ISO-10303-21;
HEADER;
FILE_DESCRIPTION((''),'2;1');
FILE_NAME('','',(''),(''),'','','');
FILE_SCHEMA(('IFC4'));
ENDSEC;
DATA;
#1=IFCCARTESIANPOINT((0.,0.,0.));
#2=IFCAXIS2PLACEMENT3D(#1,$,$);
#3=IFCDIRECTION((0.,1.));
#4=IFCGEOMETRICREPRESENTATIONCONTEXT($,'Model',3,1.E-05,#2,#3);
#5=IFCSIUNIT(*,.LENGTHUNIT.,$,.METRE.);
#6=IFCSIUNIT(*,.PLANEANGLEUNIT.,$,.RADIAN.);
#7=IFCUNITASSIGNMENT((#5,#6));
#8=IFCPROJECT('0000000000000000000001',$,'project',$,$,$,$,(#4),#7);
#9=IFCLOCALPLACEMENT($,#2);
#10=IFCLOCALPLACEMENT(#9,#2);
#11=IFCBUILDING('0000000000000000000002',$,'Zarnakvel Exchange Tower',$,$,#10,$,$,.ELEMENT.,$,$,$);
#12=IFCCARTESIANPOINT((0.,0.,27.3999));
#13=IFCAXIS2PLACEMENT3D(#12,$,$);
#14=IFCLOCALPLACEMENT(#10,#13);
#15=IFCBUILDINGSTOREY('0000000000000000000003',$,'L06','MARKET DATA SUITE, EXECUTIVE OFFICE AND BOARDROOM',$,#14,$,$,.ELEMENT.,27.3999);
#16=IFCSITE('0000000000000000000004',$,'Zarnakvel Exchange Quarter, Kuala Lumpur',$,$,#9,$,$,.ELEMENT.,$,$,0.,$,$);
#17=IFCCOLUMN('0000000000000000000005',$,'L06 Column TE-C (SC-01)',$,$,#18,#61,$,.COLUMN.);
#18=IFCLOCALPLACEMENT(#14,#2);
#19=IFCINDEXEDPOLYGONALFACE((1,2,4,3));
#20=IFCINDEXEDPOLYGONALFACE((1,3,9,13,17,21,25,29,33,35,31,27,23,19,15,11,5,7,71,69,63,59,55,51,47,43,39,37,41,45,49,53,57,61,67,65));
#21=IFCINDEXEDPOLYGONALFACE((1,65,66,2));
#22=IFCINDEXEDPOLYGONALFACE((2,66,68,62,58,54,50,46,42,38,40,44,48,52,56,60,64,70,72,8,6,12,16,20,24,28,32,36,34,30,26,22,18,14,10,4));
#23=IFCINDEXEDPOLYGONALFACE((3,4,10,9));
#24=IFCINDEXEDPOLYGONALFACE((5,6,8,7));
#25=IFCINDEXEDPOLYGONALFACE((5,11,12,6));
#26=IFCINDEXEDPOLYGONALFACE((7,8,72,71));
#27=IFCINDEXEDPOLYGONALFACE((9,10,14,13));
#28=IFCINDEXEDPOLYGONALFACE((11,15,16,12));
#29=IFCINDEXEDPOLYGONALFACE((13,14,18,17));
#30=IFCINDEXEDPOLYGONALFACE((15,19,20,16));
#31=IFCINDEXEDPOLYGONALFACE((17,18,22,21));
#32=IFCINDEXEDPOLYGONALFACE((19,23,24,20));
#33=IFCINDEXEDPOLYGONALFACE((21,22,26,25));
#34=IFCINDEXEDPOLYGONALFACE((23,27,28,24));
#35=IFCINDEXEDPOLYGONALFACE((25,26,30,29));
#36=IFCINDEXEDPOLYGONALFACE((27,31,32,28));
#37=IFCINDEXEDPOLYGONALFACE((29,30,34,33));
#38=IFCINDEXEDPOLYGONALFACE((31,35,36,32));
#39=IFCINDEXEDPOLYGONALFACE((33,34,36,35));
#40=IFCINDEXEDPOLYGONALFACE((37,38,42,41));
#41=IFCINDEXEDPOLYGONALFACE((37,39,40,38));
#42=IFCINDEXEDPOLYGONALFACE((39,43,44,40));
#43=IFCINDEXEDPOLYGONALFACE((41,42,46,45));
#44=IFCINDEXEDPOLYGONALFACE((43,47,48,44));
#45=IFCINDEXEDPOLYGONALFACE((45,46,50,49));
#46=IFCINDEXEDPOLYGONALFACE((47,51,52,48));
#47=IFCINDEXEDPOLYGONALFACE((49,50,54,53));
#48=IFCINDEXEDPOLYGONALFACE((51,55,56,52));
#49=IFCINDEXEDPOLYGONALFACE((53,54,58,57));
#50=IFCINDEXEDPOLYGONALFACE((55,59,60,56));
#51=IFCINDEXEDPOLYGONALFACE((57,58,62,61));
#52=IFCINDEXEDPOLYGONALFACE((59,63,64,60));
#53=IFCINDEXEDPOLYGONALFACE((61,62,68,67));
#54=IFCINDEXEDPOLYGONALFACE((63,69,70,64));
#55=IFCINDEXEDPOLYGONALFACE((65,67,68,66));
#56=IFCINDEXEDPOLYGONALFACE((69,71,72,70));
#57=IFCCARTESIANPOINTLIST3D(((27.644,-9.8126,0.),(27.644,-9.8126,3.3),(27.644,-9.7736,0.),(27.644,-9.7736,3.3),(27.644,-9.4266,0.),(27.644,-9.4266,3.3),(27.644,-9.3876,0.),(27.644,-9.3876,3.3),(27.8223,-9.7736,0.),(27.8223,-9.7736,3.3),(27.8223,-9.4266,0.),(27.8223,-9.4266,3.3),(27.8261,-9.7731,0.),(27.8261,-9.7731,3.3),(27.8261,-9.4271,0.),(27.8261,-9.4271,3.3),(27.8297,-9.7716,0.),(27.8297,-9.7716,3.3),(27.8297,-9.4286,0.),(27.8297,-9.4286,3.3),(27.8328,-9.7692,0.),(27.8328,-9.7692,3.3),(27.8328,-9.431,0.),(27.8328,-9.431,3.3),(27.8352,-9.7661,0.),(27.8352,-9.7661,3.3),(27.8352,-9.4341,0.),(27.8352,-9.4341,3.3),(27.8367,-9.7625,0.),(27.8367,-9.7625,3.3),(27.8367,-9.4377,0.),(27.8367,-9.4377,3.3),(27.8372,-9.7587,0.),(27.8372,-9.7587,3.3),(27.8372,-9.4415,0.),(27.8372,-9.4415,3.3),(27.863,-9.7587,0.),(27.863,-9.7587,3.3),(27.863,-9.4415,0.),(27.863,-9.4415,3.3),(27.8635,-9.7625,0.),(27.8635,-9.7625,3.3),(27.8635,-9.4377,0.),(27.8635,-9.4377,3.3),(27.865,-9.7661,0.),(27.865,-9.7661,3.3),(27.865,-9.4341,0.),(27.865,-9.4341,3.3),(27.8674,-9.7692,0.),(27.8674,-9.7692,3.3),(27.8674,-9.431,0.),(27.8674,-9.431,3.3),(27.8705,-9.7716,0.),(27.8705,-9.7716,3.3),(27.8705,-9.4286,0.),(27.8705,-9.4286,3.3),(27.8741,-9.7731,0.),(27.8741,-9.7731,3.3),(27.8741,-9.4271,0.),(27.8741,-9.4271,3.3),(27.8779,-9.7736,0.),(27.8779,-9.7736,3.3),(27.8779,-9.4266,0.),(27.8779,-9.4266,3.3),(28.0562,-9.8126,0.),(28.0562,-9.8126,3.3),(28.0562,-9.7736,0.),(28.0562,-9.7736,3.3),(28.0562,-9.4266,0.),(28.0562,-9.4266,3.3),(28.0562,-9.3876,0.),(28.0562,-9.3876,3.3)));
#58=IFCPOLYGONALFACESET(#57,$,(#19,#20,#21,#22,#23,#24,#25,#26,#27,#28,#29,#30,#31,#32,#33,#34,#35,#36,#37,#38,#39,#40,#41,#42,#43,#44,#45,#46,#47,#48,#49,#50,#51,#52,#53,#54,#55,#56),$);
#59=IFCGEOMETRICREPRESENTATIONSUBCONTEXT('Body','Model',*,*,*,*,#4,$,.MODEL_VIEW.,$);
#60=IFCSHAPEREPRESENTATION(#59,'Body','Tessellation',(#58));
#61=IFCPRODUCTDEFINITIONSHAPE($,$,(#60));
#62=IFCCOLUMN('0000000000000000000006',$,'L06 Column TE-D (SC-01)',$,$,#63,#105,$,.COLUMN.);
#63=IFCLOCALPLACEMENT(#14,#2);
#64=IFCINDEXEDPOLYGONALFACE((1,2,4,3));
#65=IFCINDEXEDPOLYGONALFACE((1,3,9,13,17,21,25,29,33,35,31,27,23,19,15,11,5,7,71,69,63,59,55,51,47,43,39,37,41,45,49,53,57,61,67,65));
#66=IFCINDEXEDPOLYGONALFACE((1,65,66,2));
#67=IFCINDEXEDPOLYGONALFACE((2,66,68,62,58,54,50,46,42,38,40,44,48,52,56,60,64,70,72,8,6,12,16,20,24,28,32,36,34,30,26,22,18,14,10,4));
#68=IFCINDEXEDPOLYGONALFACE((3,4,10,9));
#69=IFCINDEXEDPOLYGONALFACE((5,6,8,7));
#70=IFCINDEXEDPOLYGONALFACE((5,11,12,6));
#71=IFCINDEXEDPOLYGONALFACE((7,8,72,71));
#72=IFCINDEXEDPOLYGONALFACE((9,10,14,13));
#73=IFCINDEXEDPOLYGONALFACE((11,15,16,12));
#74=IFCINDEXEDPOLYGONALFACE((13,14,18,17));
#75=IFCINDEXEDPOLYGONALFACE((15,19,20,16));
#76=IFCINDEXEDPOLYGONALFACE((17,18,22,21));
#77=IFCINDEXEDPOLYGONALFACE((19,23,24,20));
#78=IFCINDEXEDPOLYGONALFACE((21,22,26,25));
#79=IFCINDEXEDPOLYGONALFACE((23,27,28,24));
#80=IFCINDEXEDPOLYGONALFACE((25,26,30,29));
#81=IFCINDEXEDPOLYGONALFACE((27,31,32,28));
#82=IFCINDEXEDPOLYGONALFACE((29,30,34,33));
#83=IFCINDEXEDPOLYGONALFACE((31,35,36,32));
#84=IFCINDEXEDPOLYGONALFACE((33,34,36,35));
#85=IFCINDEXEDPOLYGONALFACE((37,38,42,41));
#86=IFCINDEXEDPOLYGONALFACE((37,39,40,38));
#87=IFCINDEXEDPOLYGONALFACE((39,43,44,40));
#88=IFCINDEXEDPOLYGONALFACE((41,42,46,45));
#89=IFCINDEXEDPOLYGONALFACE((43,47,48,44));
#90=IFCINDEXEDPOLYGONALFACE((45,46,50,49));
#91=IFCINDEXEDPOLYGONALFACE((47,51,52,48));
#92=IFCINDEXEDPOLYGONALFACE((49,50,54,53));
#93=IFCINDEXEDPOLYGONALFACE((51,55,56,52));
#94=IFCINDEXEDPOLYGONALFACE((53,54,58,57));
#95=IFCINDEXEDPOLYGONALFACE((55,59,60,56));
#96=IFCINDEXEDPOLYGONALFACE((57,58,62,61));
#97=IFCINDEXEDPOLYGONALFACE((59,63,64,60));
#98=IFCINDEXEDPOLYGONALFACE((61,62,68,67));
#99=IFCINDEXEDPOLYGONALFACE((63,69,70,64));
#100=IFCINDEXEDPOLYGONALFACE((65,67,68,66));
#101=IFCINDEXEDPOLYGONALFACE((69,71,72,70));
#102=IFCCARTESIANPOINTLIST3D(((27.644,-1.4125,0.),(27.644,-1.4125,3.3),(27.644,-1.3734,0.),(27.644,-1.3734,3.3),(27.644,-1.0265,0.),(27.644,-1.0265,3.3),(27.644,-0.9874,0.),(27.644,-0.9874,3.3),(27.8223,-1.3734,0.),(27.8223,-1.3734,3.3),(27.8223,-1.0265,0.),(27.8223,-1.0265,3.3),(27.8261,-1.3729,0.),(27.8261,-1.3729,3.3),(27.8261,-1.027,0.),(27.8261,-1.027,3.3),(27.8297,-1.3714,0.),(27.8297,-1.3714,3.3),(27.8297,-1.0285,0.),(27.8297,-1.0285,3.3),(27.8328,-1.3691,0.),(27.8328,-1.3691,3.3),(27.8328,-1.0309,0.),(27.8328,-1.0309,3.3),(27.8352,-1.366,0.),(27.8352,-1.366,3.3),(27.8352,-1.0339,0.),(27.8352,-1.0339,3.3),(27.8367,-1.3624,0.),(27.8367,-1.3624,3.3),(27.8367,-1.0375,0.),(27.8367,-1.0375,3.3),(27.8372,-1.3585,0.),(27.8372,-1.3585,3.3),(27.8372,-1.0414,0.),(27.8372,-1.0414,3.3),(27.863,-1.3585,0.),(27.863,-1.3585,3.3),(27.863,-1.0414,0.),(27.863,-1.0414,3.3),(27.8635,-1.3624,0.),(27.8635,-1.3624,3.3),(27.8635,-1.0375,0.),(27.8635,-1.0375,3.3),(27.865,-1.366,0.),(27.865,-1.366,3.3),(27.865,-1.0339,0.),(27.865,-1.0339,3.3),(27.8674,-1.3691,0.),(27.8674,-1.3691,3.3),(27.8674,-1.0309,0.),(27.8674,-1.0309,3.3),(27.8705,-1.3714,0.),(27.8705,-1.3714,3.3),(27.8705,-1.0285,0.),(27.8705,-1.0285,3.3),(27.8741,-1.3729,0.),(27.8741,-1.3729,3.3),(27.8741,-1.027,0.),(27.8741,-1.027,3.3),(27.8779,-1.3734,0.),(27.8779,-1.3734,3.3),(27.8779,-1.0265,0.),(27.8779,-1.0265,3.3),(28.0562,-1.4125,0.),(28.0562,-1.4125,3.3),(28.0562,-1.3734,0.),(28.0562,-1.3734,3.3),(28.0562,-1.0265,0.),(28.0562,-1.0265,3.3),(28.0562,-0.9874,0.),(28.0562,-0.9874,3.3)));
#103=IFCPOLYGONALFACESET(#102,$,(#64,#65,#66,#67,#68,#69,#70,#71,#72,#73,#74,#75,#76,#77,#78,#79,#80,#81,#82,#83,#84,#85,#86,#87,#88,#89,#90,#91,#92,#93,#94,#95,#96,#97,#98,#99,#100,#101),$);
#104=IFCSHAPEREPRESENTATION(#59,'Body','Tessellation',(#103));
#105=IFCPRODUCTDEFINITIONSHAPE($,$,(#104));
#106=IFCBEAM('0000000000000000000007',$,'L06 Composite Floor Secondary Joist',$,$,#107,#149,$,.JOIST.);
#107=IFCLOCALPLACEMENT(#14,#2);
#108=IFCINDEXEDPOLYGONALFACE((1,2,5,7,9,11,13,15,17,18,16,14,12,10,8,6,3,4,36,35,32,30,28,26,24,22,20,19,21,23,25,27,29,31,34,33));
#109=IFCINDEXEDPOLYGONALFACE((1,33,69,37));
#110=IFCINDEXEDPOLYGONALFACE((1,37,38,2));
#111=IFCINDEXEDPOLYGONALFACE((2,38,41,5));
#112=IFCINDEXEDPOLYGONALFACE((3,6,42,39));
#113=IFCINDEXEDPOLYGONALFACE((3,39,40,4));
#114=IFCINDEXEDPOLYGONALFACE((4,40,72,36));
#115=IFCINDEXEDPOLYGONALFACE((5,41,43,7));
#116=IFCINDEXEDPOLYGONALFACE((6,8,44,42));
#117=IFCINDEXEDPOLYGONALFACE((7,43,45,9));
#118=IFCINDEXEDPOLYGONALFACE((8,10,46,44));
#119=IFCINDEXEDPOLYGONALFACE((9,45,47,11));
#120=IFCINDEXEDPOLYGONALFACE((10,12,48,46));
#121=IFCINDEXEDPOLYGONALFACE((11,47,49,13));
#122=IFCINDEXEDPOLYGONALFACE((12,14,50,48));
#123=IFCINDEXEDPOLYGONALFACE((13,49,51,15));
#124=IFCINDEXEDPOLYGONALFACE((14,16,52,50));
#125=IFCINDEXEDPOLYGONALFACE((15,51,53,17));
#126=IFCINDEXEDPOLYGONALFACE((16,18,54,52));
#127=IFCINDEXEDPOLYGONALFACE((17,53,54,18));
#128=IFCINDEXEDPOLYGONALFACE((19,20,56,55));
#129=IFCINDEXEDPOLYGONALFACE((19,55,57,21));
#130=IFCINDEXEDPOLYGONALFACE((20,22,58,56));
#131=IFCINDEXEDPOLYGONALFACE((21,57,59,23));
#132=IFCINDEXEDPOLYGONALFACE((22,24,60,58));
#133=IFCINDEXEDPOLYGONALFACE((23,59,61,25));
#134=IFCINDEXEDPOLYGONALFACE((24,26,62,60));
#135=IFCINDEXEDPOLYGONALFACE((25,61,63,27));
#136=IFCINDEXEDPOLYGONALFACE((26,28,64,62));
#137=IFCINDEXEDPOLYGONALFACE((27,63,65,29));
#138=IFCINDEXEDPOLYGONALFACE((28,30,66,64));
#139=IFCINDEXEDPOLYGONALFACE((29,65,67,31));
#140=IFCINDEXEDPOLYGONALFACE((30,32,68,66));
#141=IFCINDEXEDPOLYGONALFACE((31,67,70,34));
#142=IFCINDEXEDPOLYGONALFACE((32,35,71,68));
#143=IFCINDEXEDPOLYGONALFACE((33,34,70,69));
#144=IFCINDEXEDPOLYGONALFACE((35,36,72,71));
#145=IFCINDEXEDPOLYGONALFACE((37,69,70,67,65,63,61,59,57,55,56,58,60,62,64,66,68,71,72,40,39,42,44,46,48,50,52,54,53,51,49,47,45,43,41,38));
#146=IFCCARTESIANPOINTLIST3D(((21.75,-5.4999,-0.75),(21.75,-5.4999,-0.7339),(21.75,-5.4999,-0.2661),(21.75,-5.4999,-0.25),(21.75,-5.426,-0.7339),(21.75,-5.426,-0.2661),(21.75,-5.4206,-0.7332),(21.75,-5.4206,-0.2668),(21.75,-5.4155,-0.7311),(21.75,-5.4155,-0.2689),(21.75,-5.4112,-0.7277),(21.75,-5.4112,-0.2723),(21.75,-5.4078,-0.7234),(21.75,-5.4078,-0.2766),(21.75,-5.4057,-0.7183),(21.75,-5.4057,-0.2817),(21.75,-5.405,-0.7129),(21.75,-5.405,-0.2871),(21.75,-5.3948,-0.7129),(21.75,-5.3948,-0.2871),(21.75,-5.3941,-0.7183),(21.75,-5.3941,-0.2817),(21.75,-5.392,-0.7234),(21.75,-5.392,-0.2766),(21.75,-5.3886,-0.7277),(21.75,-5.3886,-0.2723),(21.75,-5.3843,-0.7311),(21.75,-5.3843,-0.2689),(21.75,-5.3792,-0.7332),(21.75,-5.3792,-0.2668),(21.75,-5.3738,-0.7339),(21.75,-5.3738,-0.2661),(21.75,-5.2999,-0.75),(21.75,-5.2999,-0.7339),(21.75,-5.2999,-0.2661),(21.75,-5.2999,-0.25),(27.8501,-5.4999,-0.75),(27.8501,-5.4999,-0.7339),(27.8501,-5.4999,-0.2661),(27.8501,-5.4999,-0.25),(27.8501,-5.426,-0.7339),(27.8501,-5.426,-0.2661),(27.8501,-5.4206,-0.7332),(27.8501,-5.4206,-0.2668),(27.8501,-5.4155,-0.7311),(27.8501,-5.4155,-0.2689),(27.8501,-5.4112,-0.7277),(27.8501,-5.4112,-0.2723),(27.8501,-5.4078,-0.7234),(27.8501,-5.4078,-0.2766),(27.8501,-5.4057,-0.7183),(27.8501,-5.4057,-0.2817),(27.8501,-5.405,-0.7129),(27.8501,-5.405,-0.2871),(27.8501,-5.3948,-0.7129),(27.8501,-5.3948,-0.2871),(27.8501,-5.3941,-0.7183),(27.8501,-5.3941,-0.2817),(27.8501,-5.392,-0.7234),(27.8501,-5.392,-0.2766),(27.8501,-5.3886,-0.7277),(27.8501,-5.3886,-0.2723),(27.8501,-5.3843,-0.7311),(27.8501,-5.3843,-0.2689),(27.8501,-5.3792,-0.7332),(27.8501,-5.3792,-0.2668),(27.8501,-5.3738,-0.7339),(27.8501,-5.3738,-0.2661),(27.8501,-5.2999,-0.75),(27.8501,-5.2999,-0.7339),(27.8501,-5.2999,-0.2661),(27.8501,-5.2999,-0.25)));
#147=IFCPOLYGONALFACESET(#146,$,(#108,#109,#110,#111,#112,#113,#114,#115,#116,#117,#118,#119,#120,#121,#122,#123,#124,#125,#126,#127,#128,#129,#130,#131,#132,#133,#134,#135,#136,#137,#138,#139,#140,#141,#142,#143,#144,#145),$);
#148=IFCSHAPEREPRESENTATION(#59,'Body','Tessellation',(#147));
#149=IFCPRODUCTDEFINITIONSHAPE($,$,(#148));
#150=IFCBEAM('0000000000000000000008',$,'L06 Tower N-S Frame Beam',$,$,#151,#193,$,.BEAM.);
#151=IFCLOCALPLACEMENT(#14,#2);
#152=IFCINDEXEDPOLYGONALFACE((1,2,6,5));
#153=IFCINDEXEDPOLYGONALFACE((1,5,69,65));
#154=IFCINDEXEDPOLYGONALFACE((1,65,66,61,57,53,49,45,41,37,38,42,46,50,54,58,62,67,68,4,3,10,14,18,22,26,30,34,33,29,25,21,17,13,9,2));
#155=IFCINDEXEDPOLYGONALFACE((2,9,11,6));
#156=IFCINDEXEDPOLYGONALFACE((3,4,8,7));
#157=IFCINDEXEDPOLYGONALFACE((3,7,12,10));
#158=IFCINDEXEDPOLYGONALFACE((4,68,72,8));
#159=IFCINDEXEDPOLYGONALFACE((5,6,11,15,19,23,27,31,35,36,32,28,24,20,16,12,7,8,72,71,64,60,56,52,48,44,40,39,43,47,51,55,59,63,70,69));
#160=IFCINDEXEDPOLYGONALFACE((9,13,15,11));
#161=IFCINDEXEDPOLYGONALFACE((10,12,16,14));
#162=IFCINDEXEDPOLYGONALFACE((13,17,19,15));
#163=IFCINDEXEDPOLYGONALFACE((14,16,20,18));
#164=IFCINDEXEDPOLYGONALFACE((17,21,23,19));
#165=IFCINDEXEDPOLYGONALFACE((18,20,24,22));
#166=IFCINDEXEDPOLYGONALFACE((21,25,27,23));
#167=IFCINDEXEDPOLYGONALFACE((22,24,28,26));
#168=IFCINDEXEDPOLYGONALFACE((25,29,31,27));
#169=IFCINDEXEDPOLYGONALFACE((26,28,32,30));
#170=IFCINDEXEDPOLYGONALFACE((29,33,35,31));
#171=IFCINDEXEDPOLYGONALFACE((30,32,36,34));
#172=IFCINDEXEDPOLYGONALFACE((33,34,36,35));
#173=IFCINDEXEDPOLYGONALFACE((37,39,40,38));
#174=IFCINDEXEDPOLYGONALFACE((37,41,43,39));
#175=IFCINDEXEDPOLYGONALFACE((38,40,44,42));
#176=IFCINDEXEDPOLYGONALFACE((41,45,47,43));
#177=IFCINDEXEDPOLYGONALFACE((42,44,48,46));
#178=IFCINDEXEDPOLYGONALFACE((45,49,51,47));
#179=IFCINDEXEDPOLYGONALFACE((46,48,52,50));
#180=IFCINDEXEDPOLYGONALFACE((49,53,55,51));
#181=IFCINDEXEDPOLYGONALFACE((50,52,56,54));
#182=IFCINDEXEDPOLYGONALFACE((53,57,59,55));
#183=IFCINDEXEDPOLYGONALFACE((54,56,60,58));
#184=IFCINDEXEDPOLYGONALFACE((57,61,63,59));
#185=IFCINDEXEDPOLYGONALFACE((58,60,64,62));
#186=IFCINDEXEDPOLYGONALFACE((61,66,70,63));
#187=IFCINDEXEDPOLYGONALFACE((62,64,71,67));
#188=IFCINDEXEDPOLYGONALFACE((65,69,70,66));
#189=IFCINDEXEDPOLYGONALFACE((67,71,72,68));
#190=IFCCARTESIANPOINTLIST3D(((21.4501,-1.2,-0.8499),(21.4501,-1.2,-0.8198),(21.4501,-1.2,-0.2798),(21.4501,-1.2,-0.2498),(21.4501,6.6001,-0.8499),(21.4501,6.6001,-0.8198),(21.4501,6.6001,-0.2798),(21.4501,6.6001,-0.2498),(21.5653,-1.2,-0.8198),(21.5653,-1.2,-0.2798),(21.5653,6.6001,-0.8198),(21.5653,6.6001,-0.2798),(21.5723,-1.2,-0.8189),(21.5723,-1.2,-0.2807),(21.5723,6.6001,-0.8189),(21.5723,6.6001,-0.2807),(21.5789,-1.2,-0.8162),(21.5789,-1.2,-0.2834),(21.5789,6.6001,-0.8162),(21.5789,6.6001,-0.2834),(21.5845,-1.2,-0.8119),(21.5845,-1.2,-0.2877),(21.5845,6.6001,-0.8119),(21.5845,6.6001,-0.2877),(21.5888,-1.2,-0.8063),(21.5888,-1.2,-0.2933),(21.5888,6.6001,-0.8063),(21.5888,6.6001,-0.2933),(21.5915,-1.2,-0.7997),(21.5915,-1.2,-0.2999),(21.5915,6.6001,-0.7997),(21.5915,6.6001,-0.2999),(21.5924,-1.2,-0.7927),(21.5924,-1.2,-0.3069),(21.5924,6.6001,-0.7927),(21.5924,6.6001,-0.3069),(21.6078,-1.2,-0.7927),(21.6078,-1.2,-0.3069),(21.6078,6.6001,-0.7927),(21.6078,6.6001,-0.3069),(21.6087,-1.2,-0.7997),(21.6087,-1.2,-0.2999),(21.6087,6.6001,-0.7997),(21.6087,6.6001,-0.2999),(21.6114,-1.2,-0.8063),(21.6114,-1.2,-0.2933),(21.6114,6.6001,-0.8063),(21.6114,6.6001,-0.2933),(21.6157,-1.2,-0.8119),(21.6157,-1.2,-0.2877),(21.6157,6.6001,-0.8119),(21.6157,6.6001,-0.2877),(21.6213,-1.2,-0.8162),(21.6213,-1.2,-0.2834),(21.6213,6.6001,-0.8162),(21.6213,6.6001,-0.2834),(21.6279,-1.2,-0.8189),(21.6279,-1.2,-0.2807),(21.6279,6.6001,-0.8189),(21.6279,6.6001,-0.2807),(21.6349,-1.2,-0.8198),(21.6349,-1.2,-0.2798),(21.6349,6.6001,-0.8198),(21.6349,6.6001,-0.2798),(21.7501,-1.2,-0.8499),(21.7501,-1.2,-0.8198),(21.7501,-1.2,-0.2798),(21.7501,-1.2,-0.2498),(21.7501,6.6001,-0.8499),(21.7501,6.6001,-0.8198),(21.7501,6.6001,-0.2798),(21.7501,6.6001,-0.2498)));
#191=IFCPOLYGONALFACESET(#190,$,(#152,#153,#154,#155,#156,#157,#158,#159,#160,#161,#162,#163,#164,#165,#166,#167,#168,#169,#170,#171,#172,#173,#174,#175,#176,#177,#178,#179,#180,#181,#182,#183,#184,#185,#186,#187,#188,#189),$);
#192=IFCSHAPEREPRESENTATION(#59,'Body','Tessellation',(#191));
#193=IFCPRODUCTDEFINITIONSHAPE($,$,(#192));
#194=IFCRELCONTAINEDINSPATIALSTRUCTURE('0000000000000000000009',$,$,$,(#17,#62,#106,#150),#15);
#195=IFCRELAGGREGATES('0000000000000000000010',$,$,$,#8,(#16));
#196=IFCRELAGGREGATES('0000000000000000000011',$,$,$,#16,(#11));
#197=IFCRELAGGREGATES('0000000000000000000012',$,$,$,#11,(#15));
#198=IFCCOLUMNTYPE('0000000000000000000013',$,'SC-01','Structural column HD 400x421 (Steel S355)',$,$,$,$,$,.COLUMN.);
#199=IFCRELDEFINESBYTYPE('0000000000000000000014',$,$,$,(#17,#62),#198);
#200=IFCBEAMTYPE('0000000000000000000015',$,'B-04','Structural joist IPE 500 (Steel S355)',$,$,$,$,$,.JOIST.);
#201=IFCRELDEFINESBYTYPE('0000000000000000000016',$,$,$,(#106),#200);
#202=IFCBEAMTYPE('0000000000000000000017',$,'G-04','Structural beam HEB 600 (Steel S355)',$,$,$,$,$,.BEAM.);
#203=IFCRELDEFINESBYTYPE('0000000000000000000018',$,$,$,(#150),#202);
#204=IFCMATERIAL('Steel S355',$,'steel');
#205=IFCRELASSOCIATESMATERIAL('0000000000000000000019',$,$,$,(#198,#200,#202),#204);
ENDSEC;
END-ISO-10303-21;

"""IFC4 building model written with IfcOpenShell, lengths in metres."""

from ifc_helpers import new_model, si_unit, direction, frame, origin, origin_2d, place, context, subcontext, project, spatial, i_section, extrude, material, material_profile, profile_set, type_object, element, save


model = new_model("IFC4")

# Units and contexts
model_context = context("Model", 3, precision=1e-05, world=origin(), true_north=direction((0.0, 1.0)))
body_context = subcontext(model_context, "Body", "Model", "MODEL_VIEW")
ifc_project = project(units=[si_unit("LENGTHUNIT", "METRE"), si_unit("PLANEANGLEUNIT", "RADIAN")], contexts=[model_context])

# Site, building, storey
site_placement = place(None, origin())
site = spatial("IfcSite", under=ifc_project, at=site_placement, Name="Zarnakvel Exchange Quarter, Kuala Lumpur", CompositionType="ELEMENT", RefElevation=0.0)
building_placement = place(site_placement, origin())
building = spatial("IfcBuilding", under=site, at=building_placement, Name="Zarnakvel Exchange Tower", CompositionType="ELEMENT")
storey_placement = place(building_placement, frame((0.0, 0.0, 27.3999)))
storey = spatial("IfcBuildingStorey", under=building, at=storey_placement, Name="L06", Description="MARKET DATA SUITE, EXECUTIVE OFFICE AND BOARDROOM", CompositionType="ELEMENT", Elevation=27.3999)

# Columns
ifc_material_1 = material(Name="Steel S355", Category="steel")
ifc_material_profile_1 = material_profile(ifc_material_1, i_section(OverallWidth=0.4121, OverallDepth=0.425, WebThickness=0.0259, FlangeThickness=0.0391, FilletRadius=0.0149, at=origin_2d()))
ifc_profile_set_1 = profile_set([ifc_material_profile_1], Name="Steel S355")
column_type = type_object("IfcColumnType", Name="SC-01", Description="Structural column HD 400x421 (Steel S355)", PredefinedType="COLUMN", material=ifc_profile_set_1)
for number, where, z_axis, x_axis, name in (
    (1, (27.8501, -9.6001, 0.0), (0.0, 0.0, 1.0), (1.0, 0.0, 0.0), "L06 Column TE-C (SC-01)"),
    (2, (27.8501, -1.2, 0.0), (0.0, 0.0, 1.0), (1.0, 0.0, 0.0), "L06 Column TE-D (SC-01)"),
):
    element("IfcColumn", number, at=place(storey_placement, frame(where, z_axis=z_axis, x_axis=x_axis)), inside=storey, type_object=column_type, Name=name, PredefinedType="COLUMN", context=body_context, shape_type="SweptSolid", body=[
        extrude(i_section(OverallWidth=0.4121, OverallDepth=0.425, WebThickness=0.0259, FlangeThickness=0.0391, FilletRadius=0.0149, at=origin_2d()), origin(), (0.0, 0.0, 1.0), 3.3),
    ])

# Beams
ifc_material_profile_2 = material_profile(ifc_material_1, i_section(OverallWidth=0.2, OverallDepth=0.5, WebThickness=0.0103, FlangeThickness=0.0161, FilletRadius=0.021, at=origin_2d()))
ifc_profile_set_2 = profile_set([ifc_material_profile_2], Name="Steel S355")
beam_type_1 = type_object("IfcBeamType", Name="B-04", Description="Structural joist IPE 500 (Steel S355)", PredefinedType="JOIST", material=ifc_profile_set_2)
beam_1_placement = place(storey_placement, frame((21.75, -5.3999, -0.5), z_axis=(1.0, 0.0, 0.0), x_axis=(0.0, 1.0, 0.0)))
element("IfcBeam", 3, at=beam_1_placement, inside=storey, type_object=beam_type_1, Name="L06 Composite Floor Secondary Joist", PredefinedType="JOIST", context=body_context, shape_type="SweptSolid", body=[
    extrude(i_section(OverallWidth=0.2, OverallDepth=0.5, WebThickness=0.0103, FlangeThickness=0.0161, FilletRadius=0.021, at=origin_2d()), origin(), (0.0, 0.0, 1.0), 6.1001),
])
ifc_material_profile_3 = material_profile(ifc_material_1, i_section(OverallWidth=0.3, OverallDepth=0.6001, WebThickness=0.0154, FlangeThickness=0.03, FilletRadius=0.0271, at=origin_2d()))
ifc_profile_set_3 = profile_set([ifc_material_profile_3], Name="Steel S355")
beam_type_2 = type_object("IfcBeamType", Name="G-04", Description="Structural beam HEB 600 (Steel S355)", PredefinedType="BEAM", material=ifc_profile_set_3)
beam_2_placement = place(storey_placement, frame((21.6001, -1.2, -0.5498), z_axis=(0.0, 1.0, 0.0), x_axis=(-1.0, 0.0, 0.0)))
element("IfcBeam", 4, at=beam_2_placement, inside=storey, type_object=beam_type_2, Name="L06 Tower N-S Frame Beam", PredefinedType="BEAM", context=body_context, shape_type="SweptSolid", body=[
    extrude(i_section(OverallWidth=0.3, OverallDepth=0.6001, WebThickness=0.0154, FlangeThickness=0.03, FilletRadius=0.0271, at=origin_2d()), origin(), (0.0, 0.0, 1.0), 7.8),
])

save(model, "model.ifc")
